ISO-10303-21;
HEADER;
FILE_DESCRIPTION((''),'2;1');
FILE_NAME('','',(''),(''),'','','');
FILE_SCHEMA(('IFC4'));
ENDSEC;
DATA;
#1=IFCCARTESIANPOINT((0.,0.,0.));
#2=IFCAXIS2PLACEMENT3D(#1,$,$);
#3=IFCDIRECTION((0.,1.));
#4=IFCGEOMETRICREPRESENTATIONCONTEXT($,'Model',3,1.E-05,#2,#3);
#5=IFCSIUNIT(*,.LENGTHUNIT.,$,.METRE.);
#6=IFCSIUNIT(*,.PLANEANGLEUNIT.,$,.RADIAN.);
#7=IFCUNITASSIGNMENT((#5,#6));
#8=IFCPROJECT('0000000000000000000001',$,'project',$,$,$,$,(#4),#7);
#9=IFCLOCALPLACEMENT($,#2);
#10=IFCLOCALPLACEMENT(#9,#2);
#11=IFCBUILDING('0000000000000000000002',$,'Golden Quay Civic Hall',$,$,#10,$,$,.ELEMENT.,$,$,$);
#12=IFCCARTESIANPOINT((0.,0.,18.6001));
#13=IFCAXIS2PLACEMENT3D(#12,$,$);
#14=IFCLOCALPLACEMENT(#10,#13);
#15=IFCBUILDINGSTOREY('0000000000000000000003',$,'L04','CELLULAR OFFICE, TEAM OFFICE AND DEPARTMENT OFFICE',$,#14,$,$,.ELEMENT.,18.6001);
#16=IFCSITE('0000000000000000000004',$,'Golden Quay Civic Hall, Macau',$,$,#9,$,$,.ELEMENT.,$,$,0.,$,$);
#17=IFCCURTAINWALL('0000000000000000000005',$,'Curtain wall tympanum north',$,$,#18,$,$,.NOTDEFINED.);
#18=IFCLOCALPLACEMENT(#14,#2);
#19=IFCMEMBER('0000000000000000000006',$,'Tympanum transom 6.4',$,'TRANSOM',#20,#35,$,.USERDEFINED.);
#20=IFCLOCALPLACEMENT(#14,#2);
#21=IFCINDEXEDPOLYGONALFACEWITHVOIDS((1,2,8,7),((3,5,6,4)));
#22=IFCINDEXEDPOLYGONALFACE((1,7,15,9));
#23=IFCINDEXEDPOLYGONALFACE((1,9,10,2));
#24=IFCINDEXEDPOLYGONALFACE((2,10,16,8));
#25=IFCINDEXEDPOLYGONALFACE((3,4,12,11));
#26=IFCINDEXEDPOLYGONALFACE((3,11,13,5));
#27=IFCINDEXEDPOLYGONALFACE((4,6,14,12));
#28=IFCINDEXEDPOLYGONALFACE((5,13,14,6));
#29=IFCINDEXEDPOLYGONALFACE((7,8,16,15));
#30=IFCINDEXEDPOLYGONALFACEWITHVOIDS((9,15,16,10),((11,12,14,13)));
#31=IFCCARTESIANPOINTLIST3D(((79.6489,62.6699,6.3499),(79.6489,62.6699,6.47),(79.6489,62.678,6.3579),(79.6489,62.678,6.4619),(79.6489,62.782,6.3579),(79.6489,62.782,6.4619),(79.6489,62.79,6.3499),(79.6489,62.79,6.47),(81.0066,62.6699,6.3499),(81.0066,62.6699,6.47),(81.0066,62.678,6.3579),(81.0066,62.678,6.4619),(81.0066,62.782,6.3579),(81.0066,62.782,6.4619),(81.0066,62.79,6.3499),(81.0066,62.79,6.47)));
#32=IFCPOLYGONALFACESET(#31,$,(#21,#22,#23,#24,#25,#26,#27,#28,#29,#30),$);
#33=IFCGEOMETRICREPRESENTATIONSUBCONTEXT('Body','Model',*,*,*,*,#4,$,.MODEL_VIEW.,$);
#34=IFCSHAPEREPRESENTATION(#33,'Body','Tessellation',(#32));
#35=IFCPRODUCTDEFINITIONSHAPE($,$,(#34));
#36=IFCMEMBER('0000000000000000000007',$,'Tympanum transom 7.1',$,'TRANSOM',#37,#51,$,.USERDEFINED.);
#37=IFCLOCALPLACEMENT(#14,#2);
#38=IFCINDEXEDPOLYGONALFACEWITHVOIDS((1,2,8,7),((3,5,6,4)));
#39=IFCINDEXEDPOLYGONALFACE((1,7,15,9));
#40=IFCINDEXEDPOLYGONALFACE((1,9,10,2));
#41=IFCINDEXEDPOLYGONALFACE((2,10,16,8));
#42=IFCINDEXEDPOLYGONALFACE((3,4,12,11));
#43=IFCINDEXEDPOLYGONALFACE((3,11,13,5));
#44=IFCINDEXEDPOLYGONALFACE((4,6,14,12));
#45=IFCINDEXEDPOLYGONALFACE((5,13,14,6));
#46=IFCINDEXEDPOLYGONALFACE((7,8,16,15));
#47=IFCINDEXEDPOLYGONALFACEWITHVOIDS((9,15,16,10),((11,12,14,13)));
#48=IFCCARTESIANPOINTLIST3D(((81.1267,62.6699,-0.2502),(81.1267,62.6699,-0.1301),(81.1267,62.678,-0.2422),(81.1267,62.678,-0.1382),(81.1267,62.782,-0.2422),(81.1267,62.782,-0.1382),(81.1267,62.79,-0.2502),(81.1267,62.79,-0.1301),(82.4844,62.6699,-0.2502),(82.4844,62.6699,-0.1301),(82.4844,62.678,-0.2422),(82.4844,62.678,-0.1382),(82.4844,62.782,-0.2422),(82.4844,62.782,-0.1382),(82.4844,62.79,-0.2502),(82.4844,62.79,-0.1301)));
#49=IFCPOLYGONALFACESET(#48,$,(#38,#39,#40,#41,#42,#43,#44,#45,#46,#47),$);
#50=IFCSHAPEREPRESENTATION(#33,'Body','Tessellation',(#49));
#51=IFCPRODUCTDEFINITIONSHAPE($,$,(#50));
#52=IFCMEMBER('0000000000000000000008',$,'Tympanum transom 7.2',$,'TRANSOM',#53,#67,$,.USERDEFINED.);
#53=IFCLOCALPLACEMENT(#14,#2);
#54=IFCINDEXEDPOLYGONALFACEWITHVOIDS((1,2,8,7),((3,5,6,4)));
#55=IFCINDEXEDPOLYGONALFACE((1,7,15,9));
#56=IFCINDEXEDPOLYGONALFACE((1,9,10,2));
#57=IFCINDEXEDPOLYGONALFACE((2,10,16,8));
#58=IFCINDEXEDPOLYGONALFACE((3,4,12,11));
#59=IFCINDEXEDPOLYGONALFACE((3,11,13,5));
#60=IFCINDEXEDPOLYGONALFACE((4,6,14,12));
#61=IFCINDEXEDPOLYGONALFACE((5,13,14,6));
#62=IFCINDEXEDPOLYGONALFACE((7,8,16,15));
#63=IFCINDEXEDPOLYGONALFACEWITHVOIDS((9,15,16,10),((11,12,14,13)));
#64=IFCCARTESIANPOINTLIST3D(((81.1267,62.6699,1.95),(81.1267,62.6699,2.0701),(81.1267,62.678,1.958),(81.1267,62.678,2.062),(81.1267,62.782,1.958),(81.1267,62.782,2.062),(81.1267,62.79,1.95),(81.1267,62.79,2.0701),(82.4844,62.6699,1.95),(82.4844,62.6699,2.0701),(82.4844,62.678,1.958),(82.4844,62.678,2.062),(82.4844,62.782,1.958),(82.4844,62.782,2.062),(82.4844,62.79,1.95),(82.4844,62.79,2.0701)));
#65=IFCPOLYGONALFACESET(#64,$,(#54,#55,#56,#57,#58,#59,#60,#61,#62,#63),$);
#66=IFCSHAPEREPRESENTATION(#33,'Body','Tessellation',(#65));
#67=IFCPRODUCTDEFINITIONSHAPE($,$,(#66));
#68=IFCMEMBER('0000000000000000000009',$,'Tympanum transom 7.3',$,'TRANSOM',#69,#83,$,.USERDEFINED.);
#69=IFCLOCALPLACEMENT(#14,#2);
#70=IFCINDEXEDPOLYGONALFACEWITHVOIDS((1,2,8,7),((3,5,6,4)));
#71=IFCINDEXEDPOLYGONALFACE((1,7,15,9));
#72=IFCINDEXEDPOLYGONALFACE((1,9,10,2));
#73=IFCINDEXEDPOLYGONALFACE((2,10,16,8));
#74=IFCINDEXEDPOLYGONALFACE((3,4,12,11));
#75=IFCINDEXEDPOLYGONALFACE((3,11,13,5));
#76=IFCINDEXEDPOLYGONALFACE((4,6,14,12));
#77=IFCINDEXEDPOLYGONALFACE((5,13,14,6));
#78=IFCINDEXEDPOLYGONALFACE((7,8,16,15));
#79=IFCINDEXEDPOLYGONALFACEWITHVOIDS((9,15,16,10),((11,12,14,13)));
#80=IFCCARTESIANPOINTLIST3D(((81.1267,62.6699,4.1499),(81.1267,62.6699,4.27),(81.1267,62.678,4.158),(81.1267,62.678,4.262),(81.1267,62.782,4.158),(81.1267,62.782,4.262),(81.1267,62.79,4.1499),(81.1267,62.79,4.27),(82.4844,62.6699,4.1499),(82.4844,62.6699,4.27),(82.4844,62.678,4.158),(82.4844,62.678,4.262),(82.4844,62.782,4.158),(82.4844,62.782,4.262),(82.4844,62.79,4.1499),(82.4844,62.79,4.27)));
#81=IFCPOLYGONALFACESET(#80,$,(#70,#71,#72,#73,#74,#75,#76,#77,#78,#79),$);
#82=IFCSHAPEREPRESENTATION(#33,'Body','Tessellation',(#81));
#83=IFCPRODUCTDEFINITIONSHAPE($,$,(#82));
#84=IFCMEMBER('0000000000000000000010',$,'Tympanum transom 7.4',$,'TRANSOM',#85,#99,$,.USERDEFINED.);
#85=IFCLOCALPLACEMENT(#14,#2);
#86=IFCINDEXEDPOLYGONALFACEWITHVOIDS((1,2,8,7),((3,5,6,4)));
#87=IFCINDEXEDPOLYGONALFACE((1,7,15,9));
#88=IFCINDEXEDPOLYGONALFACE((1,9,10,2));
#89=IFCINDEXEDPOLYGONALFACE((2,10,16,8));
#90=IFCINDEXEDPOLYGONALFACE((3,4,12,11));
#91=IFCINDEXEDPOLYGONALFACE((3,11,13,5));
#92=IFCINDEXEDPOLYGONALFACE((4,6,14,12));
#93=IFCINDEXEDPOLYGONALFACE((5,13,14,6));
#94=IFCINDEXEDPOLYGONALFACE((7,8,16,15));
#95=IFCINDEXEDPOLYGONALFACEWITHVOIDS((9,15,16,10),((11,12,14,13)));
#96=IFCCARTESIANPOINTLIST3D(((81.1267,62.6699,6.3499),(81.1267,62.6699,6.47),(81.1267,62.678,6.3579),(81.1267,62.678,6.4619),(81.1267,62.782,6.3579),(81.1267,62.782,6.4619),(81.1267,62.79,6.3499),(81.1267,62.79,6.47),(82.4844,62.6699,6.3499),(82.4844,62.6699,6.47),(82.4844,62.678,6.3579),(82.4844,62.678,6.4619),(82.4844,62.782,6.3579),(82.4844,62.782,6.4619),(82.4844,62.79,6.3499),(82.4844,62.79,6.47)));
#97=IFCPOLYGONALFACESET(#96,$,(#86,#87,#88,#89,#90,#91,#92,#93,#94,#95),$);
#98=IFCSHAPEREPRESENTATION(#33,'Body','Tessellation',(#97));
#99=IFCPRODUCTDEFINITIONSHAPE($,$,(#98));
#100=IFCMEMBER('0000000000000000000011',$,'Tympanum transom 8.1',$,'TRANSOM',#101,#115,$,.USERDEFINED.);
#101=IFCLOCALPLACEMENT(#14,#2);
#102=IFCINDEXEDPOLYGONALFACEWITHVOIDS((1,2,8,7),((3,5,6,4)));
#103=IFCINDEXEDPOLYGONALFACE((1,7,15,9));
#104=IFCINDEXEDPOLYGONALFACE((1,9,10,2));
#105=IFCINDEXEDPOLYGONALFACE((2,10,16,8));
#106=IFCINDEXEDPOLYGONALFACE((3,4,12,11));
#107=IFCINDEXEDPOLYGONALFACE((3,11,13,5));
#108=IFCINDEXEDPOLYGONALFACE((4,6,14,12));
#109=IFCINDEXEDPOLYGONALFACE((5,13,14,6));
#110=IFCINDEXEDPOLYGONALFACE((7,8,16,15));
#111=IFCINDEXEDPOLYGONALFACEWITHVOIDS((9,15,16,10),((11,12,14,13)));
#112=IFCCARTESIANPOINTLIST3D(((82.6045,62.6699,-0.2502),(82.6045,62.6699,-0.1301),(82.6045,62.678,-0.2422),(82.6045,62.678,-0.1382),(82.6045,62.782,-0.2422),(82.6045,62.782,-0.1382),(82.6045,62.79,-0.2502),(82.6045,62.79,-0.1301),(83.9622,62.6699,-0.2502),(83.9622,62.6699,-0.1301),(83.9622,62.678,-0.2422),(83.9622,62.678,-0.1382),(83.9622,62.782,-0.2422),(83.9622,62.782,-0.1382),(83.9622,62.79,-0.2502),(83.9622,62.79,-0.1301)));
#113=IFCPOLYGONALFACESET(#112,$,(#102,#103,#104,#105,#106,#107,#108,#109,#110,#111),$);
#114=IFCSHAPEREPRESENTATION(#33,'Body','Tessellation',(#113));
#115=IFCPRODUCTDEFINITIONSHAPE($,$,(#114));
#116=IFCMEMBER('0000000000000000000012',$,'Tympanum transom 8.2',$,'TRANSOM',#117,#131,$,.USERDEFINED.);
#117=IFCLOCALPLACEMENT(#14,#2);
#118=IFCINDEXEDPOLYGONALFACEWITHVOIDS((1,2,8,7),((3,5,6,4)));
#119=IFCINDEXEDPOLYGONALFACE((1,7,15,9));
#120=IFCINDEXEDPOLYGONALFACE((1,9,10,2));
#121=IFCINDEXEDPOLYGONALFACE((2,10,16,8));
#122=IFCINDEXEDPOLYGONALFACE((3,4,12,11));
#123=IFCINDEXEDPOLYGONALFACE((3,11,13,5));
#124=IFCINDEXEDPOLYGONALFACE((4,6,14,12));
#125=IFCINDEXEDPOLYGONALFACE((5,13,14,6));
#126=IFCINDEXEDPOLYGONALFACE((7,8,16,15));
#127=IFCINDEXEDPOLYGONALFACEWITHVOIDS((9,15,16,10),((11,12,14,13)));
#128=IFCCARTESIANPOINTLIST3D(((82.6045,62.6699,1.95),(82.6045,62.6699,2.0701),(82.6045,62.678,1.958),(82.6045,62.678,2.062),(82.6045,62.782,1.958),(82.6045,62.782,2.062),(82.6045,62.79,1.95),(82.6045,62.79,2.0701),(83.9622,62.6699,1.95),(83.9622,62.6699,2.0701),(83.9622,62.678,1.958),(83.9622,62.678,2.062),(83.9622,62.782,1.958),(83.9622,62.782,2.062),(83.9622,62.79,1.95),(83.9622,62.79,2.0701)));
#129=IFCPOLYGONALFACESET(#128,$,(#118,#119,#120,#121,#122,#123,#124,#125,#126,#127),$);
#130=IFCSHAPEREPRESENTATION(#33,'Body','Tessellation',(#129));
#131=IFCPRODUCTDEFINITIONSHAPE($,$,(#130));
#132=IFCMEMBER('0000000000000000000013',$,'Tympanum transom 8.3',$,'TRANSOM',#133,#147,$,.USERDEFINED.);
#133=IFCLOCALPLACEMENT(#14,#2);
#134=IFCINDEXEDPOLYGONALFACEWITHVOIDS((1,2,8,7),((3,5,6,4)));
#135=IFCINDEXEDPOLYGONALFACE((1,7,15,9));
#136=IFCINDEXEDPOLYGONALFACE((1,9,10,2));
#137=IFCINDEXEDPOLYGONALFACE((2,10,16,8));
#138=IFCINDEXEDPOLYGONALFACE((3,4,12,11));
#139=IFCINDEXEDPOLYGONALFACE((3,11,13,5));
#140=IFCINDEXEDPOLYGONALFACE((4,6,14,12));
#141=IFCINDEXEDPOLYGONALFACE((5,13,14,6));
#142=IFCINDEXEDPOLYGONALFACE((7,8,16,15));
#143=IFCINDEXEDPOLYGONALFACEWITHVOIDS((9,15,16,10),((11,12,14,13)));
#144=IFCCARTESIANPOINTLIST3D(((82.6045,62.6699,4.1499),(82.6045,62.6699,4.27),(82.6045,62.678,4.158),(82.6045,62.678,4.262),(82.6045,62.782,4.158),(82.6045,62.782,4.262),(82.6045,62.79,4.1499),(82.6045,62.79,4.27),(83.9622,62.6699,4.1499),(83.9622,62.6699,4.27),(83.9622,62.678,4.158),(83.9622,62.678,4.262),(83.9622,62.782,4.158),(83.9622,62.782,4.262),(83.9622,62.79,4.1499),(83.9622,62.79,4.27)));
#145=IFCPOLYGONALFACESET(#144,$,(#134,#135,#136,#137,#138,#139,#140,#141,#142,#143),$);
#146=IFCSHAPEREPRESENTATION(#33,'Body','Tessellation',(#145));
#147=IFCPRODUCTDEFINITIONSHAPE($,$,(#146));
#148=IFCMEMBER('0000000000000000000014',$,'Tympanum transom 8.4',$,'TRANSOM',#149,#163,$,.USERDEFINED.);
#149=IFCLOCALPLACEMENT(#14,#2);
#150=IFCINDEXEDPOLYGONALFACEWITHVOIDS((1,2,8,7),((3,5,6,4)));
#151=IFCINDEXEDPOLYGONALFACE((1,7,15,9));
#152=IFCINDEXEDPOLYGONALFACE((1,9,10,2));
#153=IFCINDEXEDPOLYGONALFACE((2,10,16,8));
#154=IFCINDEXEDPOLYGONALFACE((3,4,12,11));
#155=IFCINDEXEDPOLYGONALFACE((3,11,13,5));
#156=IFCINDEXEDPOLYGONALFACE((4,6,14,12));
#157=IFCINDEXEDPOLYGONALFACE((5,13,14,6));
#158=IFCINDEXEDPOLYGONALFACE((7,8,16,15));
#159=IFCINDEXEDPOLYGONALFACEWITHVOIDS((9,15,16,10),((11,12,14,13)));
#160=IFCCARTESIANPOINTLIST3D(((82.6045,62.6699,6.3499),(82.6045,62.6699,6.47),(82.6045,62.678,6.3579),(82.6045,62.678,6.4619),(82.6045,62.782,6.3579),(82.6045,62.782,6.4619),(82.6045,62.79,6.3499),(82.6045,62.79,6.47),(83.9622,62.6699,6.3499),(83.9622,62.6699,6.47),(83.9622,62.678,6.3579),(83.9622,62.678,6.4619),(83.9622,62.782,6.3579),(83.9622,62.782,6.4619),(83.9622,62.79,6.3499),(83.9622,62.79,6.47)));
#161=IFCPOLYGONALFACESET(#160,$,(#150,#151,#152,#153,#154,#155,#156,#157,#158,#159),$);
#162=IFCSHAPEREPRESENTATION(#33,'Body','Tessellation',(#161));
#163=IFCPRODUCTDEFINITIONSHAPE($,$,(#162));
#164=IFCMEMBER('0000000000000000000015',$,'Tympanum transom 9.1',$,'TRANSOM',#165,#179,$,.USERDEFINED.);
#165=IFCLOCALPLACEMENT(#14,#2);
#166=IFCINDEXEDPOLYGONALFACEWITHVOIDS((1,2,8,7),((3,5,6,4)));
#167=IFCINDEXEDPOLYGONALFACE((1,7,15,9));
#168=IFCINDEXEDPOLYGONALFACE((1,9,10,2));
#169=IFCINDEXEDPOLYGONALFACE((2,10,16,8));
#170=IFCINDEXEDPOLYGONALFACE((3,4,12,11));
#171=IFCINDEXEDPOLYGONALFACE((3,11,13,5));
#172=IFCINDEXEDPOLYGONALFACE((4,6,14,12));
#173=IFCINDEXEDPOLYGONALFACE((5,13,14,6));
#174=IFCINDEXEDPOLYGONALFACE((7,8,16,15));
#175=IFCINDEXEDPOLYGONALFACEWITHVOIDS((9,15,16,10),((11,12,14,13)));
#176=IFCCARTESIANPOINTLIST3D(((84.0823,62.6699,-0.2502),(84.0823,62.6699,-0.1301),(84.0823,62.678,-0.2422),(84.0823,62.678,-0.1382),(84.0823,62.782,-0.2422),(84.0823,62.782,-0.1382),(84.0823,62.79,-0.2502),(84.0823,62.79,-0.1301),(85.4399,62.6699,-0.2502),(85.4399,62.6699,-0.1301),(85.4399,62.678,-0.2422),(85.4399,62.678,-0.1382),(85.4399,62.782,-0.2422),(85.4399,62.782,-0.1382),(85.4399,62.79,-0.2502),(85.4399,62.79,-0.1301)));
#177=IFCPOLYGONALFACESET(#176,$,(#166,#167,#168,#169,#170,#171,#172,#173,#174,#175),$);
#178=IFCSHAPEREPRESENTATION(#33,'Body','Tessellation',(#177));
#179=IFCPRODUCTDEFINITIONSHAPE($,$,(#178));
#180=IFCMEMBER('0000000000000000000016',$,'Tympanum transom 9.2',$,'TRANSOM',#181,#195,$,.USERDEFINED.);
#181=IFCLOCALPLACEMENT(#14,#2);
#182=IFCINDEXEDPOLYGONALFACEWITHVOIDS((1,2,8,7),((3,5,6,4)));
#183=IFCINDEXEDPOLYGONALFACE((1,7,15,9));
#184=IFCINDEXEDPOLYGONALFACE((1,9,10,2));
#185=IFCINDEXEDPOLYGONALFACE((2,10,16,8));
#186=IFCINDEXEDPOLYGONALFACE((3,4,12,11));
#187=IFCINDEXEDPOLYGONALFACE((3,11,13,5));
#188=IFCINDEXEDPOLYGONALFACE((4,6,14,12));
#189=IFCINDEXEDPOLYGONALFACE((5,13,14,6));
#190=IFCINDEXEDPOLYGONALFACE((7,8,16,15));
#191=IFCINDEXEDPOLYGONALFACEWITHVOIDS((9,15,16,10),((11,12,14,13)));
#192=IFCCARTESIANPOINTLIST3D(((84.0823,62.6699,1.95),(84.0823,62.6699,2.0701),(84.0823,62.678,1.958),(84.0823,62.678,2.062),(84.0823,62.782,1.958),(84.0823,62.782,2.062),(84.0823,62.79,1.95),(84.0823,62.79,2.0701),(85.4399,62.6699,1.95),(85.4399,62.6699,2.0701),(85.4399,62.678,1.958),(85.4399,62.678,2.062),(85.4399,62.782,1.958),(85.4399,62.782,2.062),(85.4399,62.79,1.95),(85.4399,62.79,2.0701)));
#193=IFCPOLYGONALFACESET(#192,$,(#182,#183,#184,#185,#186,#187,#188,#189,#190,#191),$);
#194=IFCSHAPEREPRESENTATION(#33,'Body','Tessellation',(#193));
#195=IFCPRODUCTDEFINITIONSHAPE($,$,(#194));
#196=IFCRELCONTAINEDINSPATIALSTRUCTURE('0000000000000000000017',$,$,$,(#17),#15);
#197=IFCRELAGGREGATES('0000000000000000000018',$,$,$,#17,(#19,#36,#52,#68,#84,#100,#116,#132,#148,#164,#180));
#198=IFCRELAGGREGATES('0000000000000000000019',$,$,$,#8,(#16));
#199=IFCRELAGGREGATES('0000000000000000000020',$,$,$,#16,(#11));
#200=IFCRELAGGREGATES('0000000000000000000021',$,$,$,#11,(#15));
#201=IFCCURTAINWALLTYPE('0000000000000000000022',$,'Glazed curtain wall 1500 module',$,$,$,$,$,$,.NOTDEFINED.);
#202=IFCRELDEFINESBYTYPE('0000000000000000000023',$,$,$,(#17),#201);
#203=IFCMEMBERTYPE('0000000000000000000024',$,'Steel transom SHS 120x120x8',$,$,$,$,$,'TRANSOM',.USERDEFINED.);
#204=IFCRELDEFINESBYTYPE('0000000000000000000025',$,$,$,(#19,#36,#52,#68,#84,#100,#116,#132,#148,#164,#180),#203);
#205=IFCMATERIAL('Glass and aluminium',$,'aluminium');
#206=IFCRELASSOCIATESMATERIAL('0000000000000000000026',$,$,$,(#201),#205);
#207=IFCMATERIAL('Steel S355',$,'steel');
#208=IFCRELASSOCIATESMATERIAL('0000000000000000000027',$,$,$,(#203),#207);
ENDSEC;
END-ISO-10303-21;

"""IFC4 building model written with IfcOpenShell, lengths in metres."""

from ifc_helpers import new_model, si_unit, direction, frame, origin, origin_2d, place, context, subcontext, project, spatial, hollow_rectangle, extrude, material, material_profile, profile_set, type_object, element, aggregate, save


model = new_model("IFC4")

# Units and contexts
model_context = context("Model", 3, precision=1e-05, world=origin(), true_north=direction((0.0, 1.0)))
body_context = subcontext(model_context, "Body", "Model", "MODEL_VIEW")
ifc_project = project(units=[si_unit("LENGTHUNIT", "METRE"), si_unit("PLANEANGLEUNIT", "RADIAN")], contexts=[model_context])

# Site, building, storey
site_placement = place(None, origin())
site = spatial("IfcSite", under=ifc_project, at=site_placement, Name="Golden Quay Civic Hall, Macau", CompositionType="ELEMENT", RefElevation=0.0)
building_placement = place(site_placement, origin())
building = spatial("IfcBuilding", under=site, at=building_placement, Name="Golden Quay Civic Hall", CompositionType="ELEMENT")
storey_placement = place(building_placement, frame((0.0, 0.0, 18.6001)))
storey = spatial("IfcBuildingStorey", under=building, at=storey_placement, Name="L04", Description="CELLULAR OFFICE, TEAM OFFICE AND DEPARTMENT OFFICE", CompositionType="ELEMENT", Elevation=18.6001)

# Curtain wall, members
ifc_material_1 = material(Name="Glass and aluminium", Category="aluminium")
curtain_wall_type = type_object("IfcCurtainWallType", Name="Glazed curtain wall 1500 module", PredefinedType="NOTDEFINED", material=ifc_material_1)
curtain_wall_placement = place(storey_placement, origin())
curtain_wall = element("IfcCurtainWall", 1, at=curtain_wall_placement, inside=storey, type_object=curtain_wall_type, Name="Curtain wall tympanum north", PredefinedType="NOTDEFINED")
ifc_material_2 = material(Name="Steel S355", Category="steel")
ifc_material_profile_1 = material_profile(ifc_material_2, hollow_rectangle(XDim=0.1201, YDim=0.1201, WallThickness=0.0081, at=origin_2d()), Name="SHS 120x120x8")
ifc_profile_set_1 = profile_set([ifc_material_profile_1], Name="Steel S355")
member_type_1 = type_object("IfcMemberType", Name="Steel transom SHS 120x120x8", ElementType="TRANSOM", PredefinedType="USERDEFINED", material=ifc_profile_set_1)
member_1_placement = place(storey_placement, frame((79.6489, 62.73, 6.4099), z_axis=(1.0, 0.0, 0.0), x_axis=(0.0, 1.0, 0.0)))
member_1 = element("IfcMember", 2, at=member_1_placement, type_object=member_type_1, Name="Tympanum transom 6.4", ObjectType="TRANSOM", PredefinedType="USERDEFINED", context=body_context, shape_type="SweptSolid", body=[
    extrude(hollow_rectangle(XDim=0.1201, YDim=0.1201, WallThickness=0.0081, at=origin_2d()), origin(), (0.0, 0.0, 1.0), 1.3577),
])
member_2_placement = place(storey_placement, frame((81.1267, 62.73, -0.1902), z_axis=(1.0, 0.0, 0.0), x_axis=(0.0, 1.0, 0.0)))
member_2 = element("IfcMember", 3, at=member_2_placement, type_object=member_type_1, Name="Tympanum transom 7.1", ObjectType="TRANSOM", PredefinedType="USERDEFINED", context=body_context, shape_type="SweptSolid", body=[
    extrude(hollow_rectangle(XDim=0.1201, YDim=0.1201, WallThickness=0.0081, at=origin_2d()), origin(), (0.0, 0.0, 1.0), 1.3577),
])
member_3_placement = place(storey_placement, frame((81.1267, 62.73, 2.01), z_axis=(1.0, 0.0, 0.0), x_axis=(0.0, 1.0, 0.0)))
member_3 = element("IfcMember", 4, at=member_3_placement, type_object=member_type_1, Name="Tympanum transom 7.2", ObjectType="TRANSOM", PredefinedType="USERDEFINED", context=body_context, shape_type="SweptSolid", body=[
    extrude(hollow_rectangle(XDim=0.1201, YDim=0.1201, WallThickness=0.0081, at=origin_2d()), origin(), (0.0, 0.0, 1.0), 1.3577),
])
member_4_placement = place(storey_placement, frame((81.1267, 62.73, 4.21), z_axis=(1.0, 0.0, 0.0), x_axis=(0.0, 1.0, 0.0)))
member_4 = element("IfcMember", 5, at=member_4_placement, type_object=member_type_1, Name="Tympanum transom 7.3", ObjectType="TRANSOM", PredefinedType="USERDEFINED", context=body_context, shape_type="SweptSolid", body=[
    extrude(hollow_rectangle(XDim=0.1201, YDim=0.1201, WallThickness=0.0081, at=origin_2d()), origin(), (0.0, 0.0, 1.0), 1.3577),
])
member_5_placement = place(storey_placement, frame((81.1267, 62.73, 6.4099), z_axis=(1.0, 0.0, 0.0), x_axis=(0.0, 1.0, 0.0)))
member_5 = element("IfcMember", 6, at=member_5_placement, type_object=member_type_1, Name="Tympanum transom 7.4", ObjectType="TRANSOM", PredefinedType="USERDEFINED", context=body_context, shape_type="SweptSolid", body=[
    extrude(hollow_rectangle(XDim=0.1201, YDim=0.1201, WallThickness=0.0081, at=origin_2d()), origin(), (0.0, 0.0, 1.0), 1.3577),
])
member_6_placement = place(storey_placement, frame((82.6045, 62.73, -0.1902), z_axis=(1.0, 0.0, 0.0), x_axis=(0.0, 1.0, 0.0)))
member_6 = element("IfcMember", 7, at=member_6_placement, type_object=member_type_1, Name="Tympanum transom 8.1", ObjectType="TRANSOM", PredefinedType="USERDEFINED", context=body_context, shape_type="SweptSolid", body=[
    extrude(hollow_rectangle(XDim=0.1201, YDim=0.1201, WallThickness=0.0081, at=origin_2d()), origin(), (0.0, 0.0, 1.0), 1.3577),
])
member_7_placement = place(storey_placement, frame((82.6045, 62.73, 2.01), z_axis=(1.0, 0.0, 0.0), x_axis=(0.0, 1.0, 0.0)))
member_7 = element("IfcMember", 8, at=member_7_placement, type_object=member_type_1, Name="Tympanum transom 8.2", ObjectType="TRANSOM", PredefinedType="USERDEFINED", context=body_context, shape_type="SweptSolid", body=[
    extrude(hollow_rectangle(XDim=0.1201, YDim=0.1201, WallThickness=0.0081, at=origin_2d()), origin(), (0.0, 0.0, 1.0), 1.3577),
])
member_8_placement = place(storey_placement, frame((82.6045, 62.73, 4.21), z_axis=(1.0, 0.0, 0.0), x_axis=(0.0, 1.0, 0.0)))
member_8 = element("IfcMember", 9, at=member_8_placement, type_object=member_type_1, Name="Tympanum transom 8.3", ObjectType="TRANSOM", PredefinedType="USERDEFINED", context=body_context, shape_type="SweptSolid", body=[
    extrude(hollow_rectangle(XDim=0.1201, YDim=0.1201, WallThickness=0.0081, at=origin_2d()), origin(), (0.0, 0.0, 1.0), 1.3577),
])
member_9_placement = place(storey_placement, frame((82.6045, 62.73, 6.4099), z_axis=(1.0, 0.0, 0.0), x_axis=(0.0, 1.0, 0.0)))
member_9 = element("IfcMember", 10, at=member_9_placement, type_object=member_type_1, Name="Tympanum transom 8.4", ObjectType="TRANSOM", PredefinedType="USERDEFINED", context=body_context, shape_type="SweptSolid", body=[
    extrude(hollow_rectangle(XDim=0.1201, YDim=0.1201, WallThickness=0.0081, at=origin_2d()), origin(), (0.0, 0.0, 1.0), 1.3577),
])
member_10_placement = place(storey_placement, frame((84.0823, 62.73, -0.1902), z_axis=(1.0, 0.0, 0.0), x_axis=(0.0, 1.0, 0.0)))
member_10 = element("IfcMember", 11, at=member_10_placement, type_object=member_type_1, Name="Tympanum transom 9.1", ObjectType="TRANSOM", PredefinedType="USERDEFINED", context=body_context, shape_type="SweptSolid", body=[
    extrude(hollow_rectangle(XDim=0.1201, YDim=0.1201, WallThickness=0.0081, at=origin_2d()), origin(), (0.0, 0.0, 1.0), 1.3577),
])
member_11_placement = place(storey_placement, frame((84.0823, 62.73, 2.01), z_axis=(1.0, 0.0, 0.0), x_axis=(0.0, 1.0, 0.0)))
member_11 = element("IfcMember", 12, at=member_11_placement, type_object=member_type_1, Name="Tympanum transom 9.2", ObjectType="TRANSOM", PredefinedType="USERDEFINED", context=body_context, shape_type="SweptSolid", body=[
    extrude(hollow_rectangle(XDim=0.1201, YDim=0.1201, WallThickness=0.0081, at=origin_2d()), origin(), (0.0, 0.0, 1.0), 1.3577),
])
aggregate(curtain_wall, [member_1, member_2, member_3, member_4, member_5, member_6, member_7, member_8, member_9, member_10, member_11])

save(model, "model.ifc")
